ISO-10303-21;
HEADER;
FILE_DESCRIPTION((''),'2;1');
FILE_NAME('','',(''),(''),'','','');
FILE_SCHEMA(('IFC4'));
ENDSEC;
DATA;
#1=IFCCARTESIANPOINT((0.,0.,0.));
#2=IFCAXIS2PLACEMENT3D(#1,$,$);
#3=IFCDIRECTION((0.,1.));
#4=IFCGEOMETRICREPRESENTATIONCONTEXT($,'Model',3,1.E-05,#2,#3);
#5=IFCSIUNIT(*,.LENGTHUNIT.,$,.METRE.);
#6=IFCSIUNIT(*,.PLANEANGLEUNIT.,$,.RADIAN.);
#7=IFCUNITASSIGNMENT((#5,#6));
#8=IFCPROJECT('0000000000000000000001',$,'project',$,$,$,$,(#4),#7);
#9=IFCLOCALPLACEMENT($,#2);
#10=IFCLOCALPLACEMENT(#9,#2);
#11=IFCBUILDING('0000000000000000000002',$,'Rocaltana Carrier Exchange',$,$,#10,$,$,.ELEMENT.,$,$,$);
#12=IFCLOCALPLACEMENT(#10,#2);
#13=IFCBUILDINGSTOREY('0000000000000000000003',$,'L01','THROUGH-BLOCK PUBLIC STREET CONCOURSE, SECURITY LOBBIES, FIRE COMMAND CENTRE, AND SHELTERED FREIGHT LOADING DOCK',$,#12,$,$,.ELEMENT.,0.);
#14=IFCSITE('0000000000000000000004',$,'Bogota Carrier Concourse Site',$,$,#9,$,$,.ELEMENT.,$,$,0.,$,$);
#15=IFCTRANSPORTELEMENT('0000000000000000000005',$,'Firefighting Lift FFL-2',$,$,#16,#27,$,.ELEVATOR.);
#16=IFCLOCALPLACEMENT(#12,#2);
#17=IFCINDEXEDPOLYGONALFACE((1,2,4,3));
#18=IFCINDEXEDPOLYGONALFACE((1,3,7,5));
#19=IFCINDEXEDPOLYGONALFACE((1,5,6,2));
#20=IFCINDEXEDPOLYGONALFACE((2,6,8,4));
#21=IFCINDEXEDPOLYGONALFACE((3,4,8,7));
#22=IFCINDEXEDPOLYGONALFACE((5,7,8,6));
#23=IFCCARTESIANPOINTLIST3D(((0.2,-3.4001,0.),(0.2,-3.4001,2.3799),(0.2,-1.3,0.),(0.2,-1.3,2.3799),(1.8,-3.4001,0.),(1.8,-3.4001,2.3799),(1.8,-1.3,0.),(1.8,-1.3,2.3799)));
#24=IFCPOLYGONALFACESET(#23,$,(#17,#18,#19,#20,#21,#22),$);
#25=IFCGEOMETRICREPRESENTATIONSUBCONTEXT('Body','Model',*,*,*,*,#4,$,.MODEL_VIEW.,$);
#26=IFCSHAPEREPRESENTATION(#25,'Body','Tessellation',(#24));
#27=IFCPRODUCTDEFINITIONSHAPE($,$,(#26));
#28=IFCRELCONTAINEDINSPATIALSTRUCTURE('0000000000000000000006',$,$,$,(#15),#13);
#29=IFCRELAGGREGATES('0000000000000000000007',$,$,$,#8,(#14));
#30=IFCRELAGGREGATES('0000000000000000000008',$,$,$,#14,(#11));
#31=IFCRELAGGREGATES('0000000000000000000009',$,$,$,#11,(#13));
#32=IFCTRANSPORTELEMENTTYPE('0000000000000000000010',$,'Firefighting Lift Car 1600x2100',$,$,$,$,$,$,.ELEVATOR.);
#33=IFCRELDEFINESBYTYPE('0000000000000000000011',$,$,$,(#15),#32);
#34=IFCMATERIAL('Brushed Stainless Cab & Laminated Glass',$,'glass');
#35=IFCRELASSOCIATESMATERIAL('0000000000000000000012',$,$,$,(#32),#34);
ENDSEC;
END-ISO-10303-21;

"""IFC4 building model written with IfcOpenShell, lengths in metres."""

from ifc_helpers import new_model, si_unit, direction, frame, origin, origin_2d, place, context, subcontext, project, spatial, rectangle, extrude, material, type_object, element, save


model = new_model("IFC4")

# Units and contexts
model_context = context("Model", 3, precision=1e-05, world=origin(), true_north=direction((0.0, 1.0)))
body_context = subcontext(model_context, "Body", "Model", "MODEL_VIEW")
ifc_project = project(units=[si_unit("LENGTHUNIT", "METRE"), si_unit("PLANEANGLEUNIT", "RADIAN")], contexts=[model_context])

# Site, building, storey
site_placement = place(None, origin())
site = spatial("IfcSite", under=ifc_project, at=site_placement, Name="Bogota Carrier Concourse Site", CompositionType="ELEMENT", RefElevation=0.0)
building_placement = place(site_placement, origin())
building = spatial("IfcBuilding", under=site, at=building_placement, Name="Rocaltana Carrier Exchange", CompositionType="ELEMENT")
storey_placement = place(building_placement, origin())
storey = spatial("IfcBuildingStorey", under=building, at=storey_placement, Name="L01", Description="THROUGH-BLOCK PUBLIC STREET CONCOURSE, SECURITY LOBBIES, FIRE COMMAND CENTRE, AND SHELTERED FREIGHT LOADING DOCK", CompositionType="ELEMENT", Elevation=0.0)

# Transport element
ifc_material_1 = material(Name="Brushed Stainless Cab & Laminated Glass", Category="glass")
transport_element_type = type_object("IfcTransportElementType", Name="Firefighting Lift Car 1600x2100", PredefinedType="ELEVATOR", material=ifc_material_1)
for number, where, z_axis, x_axis, name in (
    (1, (1.0, -2.3501, 0.0), (0.0, 0.0, 1.0), (1.0, 0.0, 0.0), "Firefighting Lift FFL-2"),
):
    element("IfcTransportElement", number, at=place(storey_placement, frame(where, z_axis=z_axis, x_axis=x_axis)), inside=storey, type_object=transport_element_type, Name=name, PredefinedType="ELEVATOR", context=body_context, shape_type="SweptSolid", body=[
        extrude(rectangle(XDim=1.6001, YDim=2.1001, at=origin_2d()), origin(), (0.0, 0.0, 1.0), 2.3799),
    ])

save(model, "model.ifc")
